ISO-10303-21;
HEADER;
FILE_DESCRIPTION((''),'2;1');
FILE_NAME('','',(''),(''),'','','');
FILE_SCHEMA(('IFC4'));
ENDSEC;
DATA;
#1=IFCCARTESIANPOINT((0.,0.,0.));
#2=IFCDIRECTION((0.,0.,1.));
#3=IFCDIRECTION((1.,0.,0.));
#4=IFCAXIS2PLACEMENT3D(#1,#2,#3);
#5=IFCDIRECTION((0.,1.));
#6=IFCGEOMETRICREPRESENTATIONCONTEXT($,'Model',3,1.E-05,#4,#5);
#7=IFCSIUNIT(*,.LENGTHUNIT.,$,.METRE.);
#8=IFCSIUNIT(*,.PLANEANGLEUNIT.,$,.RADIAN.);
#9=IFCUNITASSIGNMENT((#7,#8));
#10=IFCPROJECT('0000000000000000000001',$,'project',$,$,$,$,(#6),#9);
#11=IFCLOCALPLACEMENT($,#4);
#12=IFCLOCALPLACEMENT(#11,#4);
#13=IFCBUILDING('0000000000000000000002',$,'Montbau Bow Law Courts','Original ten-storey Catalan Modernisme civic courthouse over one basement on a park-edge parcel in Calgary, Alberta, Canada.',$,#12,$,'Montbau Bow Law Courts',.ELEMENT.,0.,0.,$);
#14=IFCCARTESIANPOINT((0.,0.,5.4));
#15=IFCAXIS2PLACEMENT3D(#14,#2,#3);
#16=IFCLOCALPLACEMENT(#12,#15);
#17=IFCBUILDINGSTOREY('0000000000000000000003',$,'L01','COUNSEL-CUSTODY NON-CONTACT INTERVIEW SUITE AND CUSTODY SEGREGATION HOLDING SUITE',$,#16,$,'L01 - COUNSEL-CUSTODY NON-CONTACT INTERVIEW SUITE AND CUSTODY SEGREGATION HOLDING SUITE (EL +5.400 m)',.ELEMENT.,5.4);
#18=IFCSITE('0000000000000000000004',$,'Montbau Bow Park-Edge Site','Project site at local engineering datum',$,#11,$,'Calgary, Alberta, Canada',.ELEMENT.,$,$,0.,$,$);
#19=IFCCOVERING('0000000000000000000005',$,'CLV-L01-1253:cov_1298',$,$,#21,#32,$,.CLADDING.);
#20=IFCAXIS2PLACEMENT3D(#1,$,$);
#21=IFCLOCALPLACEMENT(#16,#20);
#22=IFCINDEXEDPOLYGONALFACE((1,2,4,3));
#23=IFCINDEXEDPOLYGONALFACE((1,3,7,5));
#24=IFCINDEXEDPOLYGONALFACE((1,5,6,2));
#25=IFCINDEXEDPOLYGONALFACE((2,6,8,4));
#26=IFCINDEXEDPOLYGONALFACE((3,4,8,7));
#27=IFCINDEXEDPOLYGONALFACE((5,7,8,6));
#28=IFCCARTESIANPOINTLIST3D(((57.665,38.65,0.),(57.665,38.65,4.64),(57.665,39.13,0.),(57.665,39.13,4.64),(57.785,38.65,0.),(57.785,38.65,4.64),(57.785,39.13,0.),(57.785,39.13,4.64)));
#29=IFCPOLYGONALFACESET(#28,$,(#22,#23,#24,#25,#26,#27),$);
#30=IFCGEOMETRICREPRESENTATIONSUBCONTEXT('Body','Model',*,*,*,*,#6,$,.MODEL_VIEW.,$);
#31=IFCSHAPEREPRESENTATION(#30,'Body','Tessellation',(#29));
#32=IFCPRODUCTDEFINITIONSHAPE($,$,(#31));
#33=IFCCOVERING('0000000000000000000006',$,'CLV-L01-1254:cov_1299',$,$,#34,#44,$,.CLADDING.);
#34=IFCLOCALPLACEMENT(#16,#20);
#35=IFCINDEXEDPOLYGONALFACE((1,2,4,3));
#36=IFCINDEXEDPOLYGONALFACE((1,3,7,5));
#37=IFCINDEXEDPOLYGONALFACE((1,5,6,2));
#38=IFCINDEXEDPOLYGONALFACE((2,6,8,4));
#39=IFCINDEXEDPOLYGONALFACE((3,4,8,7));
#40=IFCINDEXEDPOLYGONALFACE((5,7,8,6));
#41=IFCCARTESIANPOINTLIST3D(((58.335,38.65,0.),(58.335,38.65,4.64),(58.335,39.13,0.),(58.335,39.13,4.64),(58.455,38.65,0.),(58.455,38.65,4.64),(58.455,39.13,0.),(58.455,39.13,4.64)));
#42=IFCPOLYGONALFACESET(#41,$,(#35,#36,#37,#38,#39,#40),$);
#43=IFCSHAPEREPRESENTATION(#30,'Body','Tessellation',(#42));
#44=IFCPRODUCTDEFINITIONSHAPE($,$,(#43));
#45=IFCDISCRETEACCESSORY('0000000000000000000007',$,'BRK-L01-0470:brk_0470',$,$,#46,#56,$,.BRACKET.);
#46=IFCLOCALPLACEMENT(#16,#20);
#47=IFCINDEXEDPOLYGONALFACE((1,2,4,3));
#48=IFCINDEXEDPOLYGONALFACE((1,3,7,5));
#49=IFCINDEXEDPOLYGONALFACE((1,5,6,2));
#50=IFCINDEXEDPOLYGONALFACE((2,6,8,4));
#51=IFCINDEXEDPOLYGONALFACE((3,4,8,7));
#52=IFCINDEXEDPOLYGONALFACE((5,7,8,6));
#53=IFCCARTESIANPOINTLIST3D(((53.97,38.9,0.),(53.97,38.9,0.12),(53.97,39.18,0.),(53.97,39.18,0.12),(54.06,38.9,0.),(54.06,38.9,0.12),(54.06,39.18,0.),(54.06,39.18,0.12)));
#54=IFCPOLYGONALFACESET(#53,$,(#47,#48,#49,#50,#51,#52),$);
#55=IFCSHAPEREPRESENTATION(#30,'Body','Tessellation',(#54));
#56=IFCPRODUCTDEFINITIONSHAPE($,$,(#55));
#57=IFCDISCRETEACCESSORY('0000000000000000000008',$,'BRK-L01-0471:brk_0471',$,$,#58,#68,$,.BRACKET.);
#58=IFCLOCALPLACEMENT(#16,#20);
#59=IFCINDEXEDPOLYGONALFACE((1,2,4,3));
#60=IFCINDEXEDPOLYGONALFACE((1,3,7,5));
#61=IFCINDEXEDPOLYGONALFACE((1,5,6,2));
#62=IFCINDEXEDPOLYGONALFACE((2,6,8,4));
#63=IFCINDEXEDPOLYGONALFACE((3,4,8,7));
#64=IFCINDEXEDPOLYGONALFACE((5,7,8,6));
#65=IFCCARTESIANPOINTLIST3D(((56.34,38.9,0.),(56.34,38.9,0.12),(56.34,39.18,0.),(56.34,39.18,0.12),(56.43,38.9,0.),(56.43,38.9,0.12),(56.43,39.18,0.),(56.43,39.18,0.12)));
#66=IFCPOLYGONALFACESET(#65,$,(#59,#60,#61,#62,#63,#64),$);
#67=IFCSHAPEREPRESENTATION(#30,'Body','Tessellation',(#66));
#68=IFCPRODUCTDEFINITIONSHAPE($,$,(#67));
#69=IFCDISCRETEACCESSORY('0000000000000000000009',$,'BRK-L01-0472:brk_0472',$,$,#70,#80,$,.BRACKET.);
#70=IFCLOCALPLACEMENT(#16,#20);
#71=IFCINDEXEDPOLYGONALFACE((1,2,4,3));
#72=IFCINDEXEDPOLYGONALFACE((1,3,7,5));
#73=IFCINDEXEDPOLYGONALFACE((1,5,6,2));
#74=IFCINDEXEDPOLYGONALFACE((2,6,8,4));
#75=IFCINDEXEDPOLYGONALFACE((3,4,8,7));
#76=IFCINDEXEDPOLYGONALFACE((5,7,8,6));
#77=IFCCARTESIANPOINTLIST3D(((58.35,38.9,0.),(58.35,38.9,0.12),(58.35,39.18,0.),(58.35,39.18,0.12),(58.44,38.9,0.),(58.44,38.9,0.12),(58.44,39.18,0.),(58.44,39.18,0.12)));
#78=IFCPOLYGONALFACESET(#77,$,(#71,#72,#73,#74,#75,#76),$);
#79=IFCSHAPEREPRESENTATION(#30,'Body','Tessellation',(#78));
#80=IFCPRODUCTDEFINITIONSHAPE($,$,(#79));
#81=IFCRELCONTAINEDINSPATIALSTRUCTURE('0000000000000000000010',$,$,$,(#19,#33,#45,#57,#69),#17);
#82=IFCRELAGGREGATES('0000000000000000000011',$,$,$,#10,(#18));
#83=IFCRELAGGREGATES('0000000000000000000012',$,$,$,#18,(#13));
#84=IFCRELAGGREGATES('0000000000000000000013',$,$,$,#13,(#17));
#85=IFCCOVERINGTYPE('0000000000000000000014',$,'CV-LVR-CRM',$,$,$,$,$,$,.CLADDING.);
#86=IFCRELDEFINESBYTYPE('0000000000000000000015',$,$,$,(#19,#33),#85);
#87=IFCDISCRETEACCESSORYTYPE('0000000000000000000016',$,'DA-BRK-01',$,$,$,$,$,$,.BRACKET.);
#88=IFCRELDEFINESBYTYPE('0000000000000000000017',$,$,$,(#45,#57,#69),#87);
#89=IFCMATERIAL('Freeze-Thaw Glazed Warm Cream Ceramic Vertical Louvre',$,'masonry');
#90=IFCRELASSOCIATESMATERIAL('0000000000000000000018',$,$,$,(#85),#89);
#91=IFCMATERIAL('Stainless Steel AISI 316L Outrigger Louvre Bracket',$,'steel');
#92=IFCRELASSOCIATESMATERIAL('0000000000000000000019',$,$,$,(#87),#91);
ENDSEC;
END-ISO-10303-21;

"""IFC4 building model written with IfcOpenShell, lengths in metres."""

from ifc_helpers import new_model, si_unit, direction, frame, frame_2d, origin_with_axes, origin_2d_with_axis, place, context, subcontext, project, spatial, rectangle, extrude, material, type_object, element, save


model = new_model("IFC4")

# Units and contexts
model_context = context("Model", 3, precision=1e-05, world=origin_with_axes(), true_north=direction((0.0, 1.0)))
body_context = subcontext(model_context, "Body", "Model", "MODEL_VIEW")
ifc_project = project(units=[si_unit("LENGTHUNIT", "METRE"), si_unit("PLANEANGLEUNIT", "RADIAN")], contexts=[model_context])

# Site, building, storey
site_placement = place(None, origin_with_axes())
site = spatial("IfcSite", under=ifc_project, at=site_placement, Name="Montbau Bow Park-Edge Site", Description="Project site at local engineering datum", LongName="Calgary, Alberta, Canada", CompositionType="ELEMENT", RefElevation=0.0)
building_placement = place(site_placement, origin_with_axes())
building = spatial("IfcBuilding", under=site, at=building_placement, Name="Montbau Bow Law Courts", Description="Original ten-storey Catalan Modernisme civic courthouse over one basement on a park-edge parcel in Calgary, Alberta, Canada.", LongName="Montbau Bow Law Courts", CompositionType="ELEMENT", ElevationOfRefHeight=0.0, ElevationOfTerrain=0.0)
storey_placement = place(building_placement, frame((0.0, 0.0, 5.4), z_axis=(0.0, 0.0, 1.0), x_axis=(1.0, 0.0, 0.0)))
storey = spatial("IfcBuildingStorey", under=building, at=storey_placement, Name="L01", Description="COUNSEL-CUSTODY NON-CONTACT INTERVIEW SUITE AND CUSTODY SEGREGATION HOLDING SUITE", LongName="L01 - COUNSEL-CUSTODY NON-CONTACT INTERVIEW SUITE AND CUSTODY SEGREGATION HOLDING SUITE (EL +5.400 m)", CompositionType="ELEMENT", Elevation=5.4)

# Coverings
ifc_material_1 = material(Name="Freeze-Thaw Glazed Warm Cream Ceramic Vertical Louvre", Category="masonry")
covering_type = type_object("IfcCoveringType", Name="CV-LVR-CRM", PredefinedType="CLADDING", material=ifc_material_1)
for number, where, z_axis, x_axis, name in (
    (1, (57.725, 39.13, 5.4), (-1.0, 0.0, 0.0), (0.0, -1.0, 0.0), "CLV-L01-1253:cov_1298"),
    (2, (58.395, 39.13, 5.4), (-1.0, 0.0, 0.0), (0.0, -1.0, 0.0), "CLV-L01-1254:cov_1299"),
):
    element("IfcCovering", number, at=place(None, frame(where, z_axis=z_axis, x_axis=x_axis)), inside=storey, type_object=covering_type, Name=name, PredefinedType="CLADDING", context=body_context, shape_type="SweptSolid", body=[
        extrude(rectangle(XDim=0.48, YDim=4.64, at=frame_2d((0.24, 2.32), x_axis=(1.0, 0.0))), frame((0.0, 0.0, -0.06), z_axis=(0.0, 0.0, 1.0), x_axis=(1.0, 0.0, 0.0)), (0.0, 0.0, 1.0), 0.12),
    ])

# Discrete accessories
ifc_material_2 = material(Name="Stainless Steel AISI 316L Outrigger Louvre Bracket", Category="steel")
discrete_accessory_type = type_object("IfcDiscreteAccessoryType", Name="DA-BRK-01", PredefinedType="BRACKET", material=ifc_material_2)
for number, where, z_axis, x_axis, name in (
    (3, (54.015, 39.04, 5.4), (0.0, 0.0, 1.0), (0.0, -1.0, 0.0), "BRK-L01-0470:brk_0470"),
    (4, (56.385, 39.04, 5.4), (0.0, 0.0, 1.0), (0.0, -1.0, 0.0), "BRK-L01-0471:brk_0471"),
    (5, (58.395, 39.04, 5.4), (0.0, 0.0, 1.0), (0.0, -1.0, 0.0), "BRK-L01-0472:brk_0472"),
):
    element("IfcDiscreteAccessory", number, at=place(None, frame(where, z_axis=z_axis, x_axis=x_axis)), inside=storey, type_object=discrete_accessory_type, Name=name, PredefinedType="BRACKET", context=body_context, shape_type="SweptSolid", body=[
        extrude(rectangle(XDim=0.28, YDim=0.09, at=origin_2d_with_axis()), origin_with_axes(), (0.0, 0.0, 1.0), 0.12),
    ])

save(model, "model.ifc")
